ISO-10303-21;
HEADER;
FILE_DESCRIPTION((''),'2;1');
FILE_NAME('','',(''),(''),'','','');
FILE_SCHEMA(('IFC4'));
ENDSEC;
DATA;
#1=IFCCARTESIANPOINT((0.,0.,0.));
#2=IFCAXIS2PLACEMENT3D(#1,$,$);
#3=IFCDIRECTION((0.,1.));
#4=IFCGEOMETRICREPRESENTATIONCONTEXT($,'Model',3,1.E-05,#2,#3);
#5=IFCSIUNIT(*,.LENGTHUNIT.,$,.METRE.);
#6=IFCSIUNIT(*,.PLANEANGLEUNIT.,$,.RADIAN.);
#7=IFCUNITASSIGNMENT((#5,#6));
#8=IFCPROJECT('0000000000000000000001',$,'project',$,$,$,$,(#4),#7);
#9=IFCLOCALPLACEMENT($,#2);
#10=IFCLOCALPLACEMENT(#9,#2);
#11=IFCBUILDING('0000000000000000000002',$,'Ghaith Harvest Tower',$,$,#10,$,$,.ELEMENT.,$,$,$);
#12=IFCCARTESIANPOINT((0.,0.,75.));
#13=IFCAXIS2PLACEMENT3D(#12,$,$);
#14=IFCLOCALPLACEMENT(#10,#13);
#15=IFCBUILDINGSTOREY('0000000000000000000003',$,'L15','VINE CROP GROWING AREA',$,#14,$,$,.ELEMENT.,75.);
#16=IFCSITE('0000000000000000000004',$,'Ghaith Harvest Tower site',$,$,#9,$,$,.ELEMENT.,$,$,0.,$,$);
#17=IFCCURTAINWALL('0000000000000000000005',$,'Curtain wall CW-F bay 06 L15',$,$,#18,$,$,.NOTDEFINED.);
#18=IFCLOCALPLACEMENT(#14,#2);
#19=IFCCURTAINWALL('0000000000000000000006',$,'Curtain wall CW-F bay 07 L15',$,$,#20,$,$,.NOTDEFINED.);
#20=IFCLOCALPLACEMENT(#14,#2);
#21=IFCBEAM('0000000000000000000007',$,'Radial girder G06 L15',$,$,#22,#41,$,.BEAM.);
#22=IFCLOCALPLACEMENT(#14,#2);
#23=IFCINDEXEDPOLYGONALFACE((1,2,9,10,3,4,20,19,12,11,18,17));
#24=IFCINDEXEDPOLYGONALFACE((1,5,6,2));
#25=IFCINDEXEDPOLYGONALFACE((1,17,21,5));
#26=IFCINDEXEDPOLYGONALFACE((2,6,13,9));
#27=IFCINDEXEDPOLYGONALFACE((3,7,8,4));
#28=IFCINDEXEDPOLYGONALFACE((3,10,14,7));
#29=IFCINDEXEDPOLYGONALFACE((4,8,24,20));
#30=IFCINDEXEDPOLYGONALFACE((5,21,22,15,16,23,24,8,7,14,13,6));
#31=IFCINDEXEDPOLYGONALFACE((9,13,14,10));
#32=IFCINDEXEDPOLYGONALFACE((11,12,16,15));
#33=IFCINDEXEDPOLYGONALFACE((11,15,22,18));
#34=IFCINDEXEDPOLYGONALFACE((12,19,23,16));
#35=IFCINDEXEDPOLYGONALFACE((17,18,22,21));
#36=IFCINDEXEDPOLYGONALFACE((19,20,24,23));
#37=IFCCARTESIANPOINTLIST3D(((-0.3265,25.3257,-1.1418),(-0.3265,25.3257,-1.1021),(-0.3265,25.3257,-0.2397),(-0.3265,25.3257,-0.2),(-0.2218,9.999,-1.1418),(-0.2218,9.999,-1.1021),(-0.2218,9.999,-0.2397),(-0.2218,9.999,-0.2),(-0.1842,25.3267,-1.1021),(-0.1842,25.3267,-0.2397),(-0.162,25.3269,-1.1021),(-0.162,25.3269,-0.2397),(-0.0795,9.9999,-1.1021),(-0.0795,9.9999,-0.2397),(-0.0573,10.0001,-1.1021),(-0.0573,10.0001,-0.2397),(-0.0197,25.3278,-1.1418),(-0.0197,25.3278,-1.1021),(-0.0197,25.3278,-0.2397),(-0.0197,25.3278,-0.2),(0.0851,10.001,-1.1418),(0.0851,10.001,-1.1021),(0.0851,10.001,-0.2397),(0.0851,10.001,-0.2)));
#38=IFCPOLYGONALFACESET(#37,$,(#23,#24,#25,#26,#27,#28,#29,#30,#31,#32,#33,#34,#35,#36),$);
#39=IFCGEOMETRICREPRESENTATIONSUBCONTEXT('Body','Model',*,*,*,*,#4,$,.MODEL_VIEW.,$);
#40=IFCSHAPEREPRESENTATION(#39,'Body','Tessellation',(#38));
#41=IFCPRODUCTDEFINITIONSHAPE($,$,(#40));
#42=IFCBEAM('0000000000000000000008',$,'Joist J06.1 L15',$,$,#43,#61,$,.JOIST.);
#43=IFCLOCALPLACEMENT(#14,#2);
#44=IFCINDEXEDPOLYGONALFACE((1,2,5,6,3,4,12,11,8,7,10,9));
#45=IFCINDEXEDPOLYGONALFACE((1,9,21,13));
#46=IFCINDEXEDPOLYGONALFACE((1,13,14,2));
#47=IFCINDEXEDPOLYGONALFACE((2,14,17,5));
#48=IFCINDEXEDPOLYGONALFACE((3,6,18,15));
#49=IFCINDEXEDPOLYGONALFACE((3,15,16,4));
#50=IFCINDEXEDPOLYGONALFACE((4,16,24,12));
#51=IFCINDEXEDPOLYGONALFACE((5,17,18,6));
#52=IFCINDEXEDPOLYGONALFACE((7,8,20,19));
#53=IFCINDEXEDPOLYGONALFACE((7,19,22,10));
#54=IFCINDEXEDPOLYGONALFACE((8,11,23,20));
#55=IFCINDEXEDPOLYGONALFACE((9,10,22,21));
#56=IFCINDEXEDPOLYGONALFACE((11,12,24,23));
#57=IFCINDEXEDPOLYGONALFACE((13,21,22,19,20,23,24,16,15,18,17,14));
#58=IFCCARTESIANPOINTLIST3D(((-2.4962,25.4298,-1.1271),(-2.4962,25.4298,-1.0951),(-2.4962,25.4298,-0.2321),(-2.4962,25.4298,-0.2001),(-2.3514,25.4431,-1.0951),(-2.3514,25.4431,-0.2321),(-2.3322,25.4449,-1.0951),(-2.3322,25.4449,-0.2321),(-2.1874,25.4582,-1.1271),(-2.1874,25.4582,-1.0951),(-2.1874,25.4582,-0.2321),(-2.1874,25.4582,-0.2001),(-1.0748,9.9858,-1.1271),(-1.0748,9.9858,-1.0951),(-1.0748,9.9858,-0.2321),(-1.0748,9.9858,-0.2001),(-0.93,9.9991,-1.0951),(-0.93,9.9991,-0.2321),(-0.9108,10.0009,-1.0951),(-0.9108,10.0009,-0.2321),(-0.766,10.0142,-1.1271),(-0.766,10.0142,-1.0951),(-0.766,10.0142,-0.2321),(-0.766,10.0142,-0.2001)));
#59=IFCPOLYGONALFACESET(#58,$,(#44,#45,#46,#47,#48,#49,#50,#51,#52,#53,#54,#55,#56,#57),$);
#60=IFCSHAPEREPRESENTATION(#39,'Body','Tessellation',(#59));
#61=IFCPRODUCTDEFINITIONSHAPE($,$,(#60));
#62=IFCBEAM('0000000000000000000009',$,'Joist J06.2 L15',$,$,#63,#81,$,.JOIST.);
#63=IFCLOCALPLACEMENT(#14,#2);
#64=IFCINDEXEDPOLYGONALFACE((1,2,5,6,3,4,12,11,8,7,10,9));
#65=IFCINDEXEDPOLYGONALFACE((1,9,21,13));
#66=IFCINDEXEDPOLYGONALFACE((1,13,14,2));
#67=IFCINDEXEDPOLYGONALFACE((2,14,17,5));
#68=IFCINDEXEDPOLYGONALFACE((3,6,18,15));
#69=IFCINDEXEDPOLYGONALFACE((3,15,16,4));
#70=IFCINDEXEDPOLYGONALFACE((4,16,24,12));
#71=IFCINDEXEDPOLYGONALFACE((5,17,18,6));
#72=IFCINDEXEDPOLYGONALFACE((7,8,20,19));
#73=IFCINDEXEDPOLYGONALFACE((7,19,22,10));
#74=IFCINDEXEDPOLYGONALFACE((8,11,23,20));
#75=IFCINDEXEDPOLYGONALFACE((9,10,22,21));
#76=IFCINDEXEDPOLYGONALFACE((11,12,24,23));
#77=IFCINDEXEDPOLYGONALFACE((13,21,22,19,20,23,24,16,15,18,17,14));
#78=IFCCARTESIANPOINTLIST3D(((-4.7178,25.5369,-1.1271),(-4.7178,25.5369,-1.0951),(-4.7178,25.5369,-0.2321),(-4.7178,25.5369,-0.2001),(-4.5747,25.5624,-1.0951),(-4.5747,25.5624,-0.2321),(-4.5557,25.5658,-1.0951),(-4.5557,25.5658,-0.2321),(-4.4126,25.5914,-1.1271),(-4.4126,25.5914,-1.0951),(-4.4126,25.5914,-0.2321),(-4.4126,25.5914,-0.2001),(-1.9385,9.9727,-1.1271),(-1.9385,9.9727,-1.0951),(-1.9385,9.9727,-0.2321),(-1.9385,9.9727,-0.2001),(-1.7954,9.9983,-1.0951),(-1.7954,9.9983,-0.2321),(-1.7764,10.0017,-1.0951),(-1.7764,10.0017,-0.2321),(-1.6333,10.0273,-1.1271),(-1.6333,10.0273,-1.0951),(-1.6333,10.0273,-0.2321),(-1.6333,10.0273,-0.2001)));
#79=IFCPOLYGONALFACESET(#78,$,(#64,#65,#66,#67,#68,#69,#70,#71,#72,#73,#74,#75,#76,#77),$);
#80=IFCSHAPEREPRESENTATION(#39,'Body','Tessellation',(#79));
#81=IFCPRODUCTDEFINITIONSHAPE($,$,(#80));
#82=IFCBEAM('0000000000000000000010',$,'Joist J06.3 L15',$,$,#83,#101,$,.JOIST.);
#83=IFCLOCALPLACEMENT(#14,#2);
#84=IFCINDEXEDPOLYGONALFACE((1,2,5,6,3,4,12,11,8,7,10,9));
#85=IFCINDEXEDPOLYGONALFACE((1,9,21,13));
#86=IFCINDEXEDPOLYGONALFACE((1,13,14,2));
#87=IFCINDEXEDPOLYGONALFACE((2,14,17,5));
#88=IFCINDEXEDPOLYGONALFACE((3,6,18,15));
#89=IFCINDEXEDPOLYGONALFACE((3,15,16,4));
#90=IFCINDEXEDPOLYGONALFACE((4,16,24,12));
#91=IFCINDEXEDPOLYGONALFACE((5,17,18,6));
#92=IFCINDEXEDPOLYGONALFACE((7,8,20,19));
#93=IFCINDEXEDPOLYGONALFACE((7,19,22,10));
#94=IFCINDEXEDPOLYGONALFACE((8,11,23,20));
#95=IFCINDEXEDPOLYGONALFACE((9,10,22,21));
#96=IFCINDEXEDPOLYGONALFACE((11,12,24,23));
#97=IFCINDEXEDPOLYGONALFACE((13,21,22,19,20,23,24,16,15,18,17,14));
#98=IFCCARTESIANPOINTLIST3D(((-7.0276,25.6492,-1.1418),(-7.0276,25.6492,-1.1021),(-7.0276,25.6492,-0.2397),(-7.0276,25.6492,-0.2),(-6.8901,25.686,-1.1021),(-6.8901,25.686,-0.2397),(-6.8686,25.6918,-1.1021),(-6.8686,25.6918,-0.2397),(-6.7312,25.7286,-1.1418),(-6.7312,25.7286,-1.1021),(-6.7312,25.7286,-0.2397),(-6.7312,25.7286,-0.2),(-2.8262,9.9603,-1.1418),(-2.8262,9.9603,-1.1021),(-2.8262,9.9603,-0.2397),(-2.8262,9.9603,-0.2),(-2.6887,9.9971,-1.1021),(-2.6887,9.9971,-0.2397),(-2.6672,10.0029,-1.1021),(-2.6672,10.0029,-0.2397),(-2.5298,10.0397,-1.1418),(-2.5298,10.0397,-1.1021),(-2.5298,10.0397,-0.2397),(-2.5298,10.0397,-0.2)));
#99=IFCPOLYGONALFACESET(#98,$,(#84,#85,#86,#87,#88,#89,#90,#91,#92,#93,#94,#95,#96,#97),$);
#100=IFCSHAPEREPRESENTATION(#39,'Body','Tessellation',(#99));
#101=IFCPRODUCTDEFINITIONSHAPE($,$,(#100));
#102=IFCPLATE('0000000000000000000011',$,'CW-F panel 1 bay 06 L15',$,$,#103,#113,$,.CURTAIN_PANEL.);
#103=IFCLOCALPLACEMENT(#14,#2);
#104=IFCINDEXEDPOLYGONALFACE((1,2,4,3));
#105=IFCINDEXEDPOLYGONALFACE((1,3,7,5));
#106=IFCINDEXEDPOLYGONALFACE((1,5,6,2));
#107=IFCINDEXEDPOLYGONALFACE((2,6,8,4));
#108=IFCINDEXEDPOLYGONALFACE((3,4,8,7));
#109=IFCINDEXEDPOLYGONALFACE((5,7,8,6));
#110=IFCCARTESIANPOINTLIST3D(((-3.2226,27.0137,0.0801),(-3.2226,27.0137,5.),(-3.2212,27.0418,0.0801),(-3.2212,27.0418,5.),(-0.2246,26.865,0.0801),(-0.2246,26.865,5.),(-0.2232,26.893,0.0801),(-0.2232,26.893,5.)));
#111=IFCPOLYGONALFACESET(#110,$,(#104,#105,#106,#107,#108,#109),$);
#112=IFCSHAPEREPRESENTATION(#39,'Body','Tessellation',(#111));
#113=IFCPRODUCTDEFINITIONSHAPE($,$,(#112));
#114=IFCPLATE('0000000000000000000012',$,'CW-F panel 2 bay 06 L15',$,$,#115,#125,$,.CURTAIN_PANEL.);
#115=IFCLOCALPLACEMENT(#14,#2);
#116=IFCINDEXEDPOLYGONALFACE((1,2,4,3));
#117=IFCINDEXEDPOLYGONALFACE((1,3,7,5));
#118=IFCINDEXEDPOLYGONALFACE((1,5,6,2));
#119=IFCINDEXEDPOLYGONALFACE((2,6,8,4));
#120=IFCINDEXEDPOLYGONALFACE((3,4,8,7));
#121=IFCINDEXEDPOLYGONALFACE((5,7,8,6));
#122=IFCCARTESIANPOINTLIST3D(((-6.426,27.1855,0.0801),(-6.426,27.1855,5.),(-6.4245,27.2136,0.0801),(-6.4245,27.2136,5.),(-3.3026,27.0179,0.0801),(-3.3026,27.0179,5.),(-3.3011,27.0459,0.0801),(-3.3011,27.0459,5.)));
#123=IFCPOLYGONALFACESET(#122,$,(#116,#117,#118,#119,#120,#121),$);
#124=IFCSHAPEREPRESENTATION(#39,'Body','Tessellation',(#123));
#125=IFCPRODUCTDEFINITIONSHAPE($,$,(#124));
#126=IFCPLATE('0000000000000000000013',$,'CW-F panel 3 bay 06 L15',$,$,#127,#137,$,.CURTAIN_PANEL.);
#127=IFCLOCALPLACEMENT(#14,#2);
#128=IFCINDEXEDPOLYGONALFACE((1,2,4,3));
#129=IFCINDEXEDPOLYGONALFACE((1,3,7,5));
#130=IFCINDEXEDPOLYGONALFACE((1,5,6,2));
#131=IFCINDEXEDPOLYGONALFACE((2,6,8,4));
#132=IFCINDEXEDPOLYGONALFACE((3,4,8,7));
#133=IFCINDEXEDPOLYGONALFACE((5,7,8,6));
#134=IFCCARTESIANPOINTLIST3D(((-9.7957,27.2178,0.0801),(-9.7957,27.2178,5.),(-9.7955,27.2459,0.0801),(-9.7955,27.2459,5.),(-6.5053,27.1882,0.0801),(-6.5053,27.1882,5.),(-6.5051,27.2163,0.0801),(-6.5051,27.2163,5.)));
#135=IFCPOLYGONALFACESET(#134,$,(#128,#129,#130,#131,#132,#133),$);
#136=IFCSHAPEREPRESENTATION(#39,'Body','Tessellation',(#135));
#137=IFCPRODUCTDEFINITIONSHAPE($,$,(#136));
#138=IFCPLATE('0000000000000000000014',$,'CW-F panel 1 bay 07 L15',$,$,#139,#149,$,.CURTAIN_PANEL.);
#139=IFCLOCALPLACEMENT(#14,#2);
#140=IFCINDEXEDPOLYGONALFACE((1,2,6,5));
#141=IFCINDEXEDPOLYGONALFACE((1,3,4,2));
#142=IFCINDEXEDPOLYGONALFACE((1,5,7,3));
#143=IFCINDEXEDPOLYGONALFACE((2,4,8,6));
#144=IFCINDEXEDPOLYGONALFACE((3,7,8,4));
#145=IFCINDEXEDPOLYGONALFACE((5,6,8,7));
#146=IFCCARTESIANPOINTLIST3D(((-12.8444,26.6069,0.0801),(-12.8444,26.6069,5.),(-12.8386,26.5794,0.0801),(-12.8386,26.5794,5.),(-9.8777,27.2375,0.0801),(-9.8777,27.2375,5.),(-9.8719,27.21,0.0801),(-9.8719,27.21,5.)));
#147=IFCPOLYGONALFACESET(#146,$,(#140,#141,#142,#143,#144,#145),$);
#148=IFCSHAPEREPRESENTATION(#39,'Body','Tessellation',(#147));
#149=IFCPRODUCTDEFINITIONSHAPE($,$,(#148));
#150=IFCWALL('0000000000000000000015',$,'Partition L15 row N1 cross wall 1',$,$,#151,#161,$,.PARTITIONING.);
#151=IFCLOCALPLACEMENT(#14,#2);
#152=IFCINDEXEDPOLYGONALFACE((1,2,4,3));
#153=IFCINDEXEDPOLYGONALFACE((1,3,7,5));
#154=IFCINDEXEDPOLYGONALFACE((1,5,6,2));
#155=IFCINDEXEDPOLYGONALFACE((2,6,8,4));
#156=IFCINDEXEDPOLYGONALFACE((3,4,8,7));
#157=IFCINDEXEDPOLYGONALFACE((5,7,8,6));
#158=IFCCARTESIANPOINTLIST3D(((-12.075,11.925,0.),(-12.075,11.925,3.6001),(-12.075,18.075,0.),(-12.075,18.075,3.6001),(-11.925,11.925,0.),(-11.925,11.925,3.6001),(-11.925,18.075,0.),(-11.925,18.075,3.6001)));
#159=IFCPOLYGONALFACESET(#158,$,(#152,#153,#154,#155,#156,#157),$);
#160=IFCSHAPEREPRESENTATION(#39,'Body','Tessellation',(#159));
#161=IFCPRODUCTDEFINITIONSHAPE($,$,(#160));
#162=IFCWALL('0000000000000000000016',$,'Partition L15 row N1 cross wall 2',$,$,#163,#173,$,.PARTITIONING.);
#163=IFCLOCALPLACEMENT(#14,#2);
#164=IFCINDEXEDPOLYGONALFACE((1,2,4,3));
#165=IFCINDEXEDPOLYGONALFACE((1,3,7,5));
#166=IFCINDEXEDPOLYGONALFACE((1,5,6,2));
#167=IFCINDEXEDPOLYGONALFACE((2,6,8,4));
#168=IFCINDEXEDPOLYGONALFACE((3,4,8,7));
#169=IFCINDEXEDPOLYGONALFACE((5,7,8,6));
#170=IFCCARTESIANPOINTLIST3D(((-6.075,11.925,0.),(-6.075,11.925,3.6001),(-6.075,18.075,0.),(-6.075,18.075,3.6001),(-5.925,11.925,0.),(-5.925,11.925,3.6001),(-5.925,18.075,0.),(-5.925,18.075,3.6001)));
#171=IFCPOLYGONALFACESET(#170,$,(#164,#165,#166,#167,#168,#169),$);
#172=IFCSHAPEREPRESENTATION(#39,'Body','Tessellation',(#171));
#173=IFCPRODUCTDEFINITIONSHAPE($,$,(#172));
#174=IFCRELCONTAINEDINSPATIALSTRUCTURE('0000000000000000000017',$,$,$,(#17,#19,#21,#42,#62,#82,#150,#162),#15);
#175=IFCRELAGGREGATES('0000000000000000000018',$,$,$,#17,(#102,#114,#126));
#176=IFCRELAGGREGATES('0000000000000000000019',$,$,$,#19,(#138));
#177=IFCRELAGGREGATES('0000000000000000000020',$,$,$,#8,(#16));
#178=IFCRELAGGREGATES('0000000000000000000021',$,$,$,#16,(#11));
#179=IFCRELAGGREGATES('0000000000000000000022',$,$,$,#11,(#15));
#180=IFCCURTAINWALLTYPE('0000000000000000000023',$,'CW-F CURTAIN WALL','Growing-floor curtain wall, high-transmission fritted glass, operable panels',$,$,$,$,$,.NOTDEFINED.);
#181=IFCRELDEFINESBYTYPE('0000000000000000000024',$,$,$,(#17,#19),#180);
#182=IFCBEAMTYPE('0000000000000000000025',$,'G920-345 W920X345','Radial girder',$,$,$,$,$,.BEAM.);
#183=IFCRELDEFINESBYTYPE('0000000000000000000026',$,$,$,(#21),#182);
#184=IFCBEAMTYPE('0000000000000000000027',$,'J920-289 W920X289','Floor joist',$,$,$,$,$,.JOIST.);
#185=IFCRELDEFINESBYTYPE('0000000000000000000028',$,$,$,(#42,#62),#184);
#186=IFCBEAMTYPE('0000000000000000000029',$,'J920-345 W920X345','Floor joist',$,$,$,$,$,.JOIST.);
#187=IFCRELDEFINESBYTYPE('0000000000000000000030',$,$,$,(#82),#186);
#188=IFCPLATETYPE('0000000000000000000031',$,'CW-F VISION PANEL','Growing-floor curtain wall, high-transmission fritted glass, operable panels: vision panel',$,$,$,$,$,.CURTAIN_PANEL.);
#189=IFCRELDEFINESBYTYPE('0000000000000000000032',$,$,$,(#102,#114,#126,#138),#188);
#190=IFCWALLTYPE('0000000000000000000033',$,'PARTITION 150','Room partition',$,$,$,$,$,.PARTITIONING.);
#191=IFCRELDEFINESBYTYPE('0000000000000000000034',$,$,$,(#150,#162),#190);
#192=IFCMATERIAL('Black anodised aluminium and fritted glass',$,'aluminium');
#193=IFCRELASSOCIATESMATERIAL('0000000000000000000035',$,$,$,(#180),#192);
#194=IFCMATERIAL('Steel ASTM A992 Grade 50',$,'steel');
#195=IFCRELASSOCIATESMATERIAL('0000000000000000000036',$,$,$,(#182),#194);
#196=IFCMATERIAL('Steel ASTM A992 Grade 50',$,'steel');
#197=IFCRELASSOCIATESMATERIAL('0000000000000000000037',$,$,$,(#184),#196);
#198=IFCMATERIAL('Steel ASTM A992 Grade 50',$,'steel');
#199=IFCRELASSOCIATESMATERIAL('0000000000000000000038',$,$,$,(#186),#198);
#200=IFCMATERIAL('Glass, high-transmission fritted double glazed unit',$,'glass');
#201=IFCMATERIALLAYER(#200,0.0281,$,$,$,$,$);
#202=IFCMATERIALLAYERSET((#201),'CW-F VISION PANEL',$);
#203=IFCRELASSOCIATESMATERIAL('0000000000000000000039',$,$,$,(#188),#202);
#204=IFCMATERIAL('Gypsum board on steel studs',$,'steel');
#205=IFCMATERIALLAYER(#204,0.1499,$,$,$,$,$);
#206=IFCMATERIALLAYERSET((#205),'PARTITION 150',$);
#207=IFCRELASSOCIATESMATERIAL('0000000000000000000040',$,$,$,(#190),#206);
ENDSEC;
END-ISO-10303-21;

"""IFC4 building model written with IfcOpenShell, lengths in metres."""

from ifc_helpers import new_model, si_unit, direction, frame, frame_2d, origin, origin_2d, place, context, subcontext, project, spatial, rectangle, i_section, extrude, material, layer, layer_set, material_profile, profile_set, type_object, element, aggregate, save


model = new_model("IFC4")

# Units and contexts
model_context = context("Model", 3, precision=1e-05, world=origin(), true_north=direction((0.0, 1.0)))
body_context = subcontext(model_context, "Body", "Model", "MODEL_VIEW")
ifc_project = project(units=[si_unit("LENGTHUNIT", "METRE"), si_unit("PLANEANGLEUNIT", "RADIAN")], contexts=[model_context])

# Site, building, storey
site_placement = place(None, origin())
site = spatial("IfcSite", under=ifc_project, at=site_placement, Name="Ghaith Harvest Tower site", CompositionType="ELEMENT", RefElevation=0.0)
building_placement = place(site_placement, origin())
building = spatial("IfcBuilding", under=site, at=building_placement, Name="Ghaith Harvest Tower", CompositionType="ELEMENT")
storey_placement = place(building_placement, frame((0.0, 0.0, 75.0)))
storey = spatial("IfcBuildingStorey", under=building, at=storey_placement, Name="L15", Description="VINE CROP GROWING AREA", CompositionType="ELEMENT", Elevation=75.0)

# Curtain wall
ifc_material_1 = material(Name="Black anodised aluminium and fritted glass", Category="aluminium")
curtain_wall_type = type_object("IfcCurtainWallType", Name="CW-F CURTAIN WALL", Description="Growing-floor curtain wall, high-transmission fritted glass, operable panels", PredefinedType="NOTDEFINED", material=ifc_material_1)
curtain_wall_1_placement = place(storey_placement, origin())
curtain_wall_1 = element("IfcCurtainWall", 1, at=curtain_wall_1_placement, inside=storey, type_object=curtain_wall_type, Name="Curtain wall CW-F bay 06 L15", PredefinedType="NOTDEFINED")

# Curtain wall
curtain_wall_2_placement = place(storey_placement, origin())
curtain_wall_2 = element("IfcCurtainWall", 2, at=curtain_wall_2_placement, inside=storey, type_object=curtain_wall_type, Name="Curtain wall CW-F bay 07 L15", PredefinedType="NOTDEFINED")

# Beams
ifc_material_2 = material(Name="Steel ASTM A992 Grade 50", Category="steel")
ifc_material_profile_1 = material_profile(ifc_material_2, i_section(OverallWidth=0.3069, OverallDepth=0.9419, WebThickness=0.0222, FlangeThickness=0.0398, at=origin_2d()), Name="W920X345")
ifc_profile_set_1 = profile_set([ifc_material_profile_1], Name="Steel ASTM A992 Grade 50")
beam_type_1 = type_object("IfcBeamType", Name="G920-345 W920X345", Description="Radial girder", PredefinedType="BEAM", material=ifc_profile_set_1)
beam_1_placement = place(storey_placement, frame((-0.0684, 10.0, -0.6709), z_axis=(-0.006833, 0.999977, 0.0), x_axis=(-0.999977, -0.006833, 0.0)))
element("IfcBeam", 3, at=beam_1_placement, inside=storey, type_object=beam_type_1, Name="Radial girder G06 L15", PredefinedType="BEAM", context=body_context, shape_type="SweptSolid", body=[
    extrude(i_section(OverallWidth=0.3069, OverallDepth=0.9419, WebThickness=0.0222, FlangeThickness=0.0398, at=origin_2d()), origin(), (0.0, 0.0, 1.0), 15.3271),
])
ifc_material_3 = material(Name="Steel ASTM A992 Grade 50", Category="steel")
ifc_material_profile_2 = material_profile(ifc_material_3, i_section(OverallWidth=0.3101, OverallDepth=0.927, WebThickness=0.0193, FlangeThickness=0.032, at=origin_2d()), Name="W920X289")
ifc_profile_set_2 = profile_set([ifc_material_profile_2], Name="Steel ASTM A992 Grade 50")
beam_type_2 = type_object("IfcBeamType", Name="J920-289 W920X289", Description="Floor joist", PredefinedType="JOIST", material=ifc_profile_set_2)
beam_2_placement = place(storey_placement, frame((-0.9204, 10.0, -0.6636), z_axis=(-0.091647, 0.995792, 0.0), x_axis=(-0.995792, -0.091647, 0.0)))
element("IfcBeam", 4, at=beam_2_placement, inside=storey, type_object=beam_type_2, Name="Joist J06.1 L15", PredefinedType="JOIST", context=body_context, shape_type="SweptSolid", body=[
    extrude(i_section(OverallWidth=0.3101, OverallDepth=0.927, WebThickness=0.0193, FlangeThickness=0.032, at=origin_2d()), origin(), (0.0, 0.0, 1.0), 15.5093),
])
beam_3_placement = place(storey_placement, frame((-1.7859, 10.0, -0.6636), z_axis=(-0.175789, 0.984428, 0.0), x_axis=(-0.984428, -0.175789, 0.0)))
element("IfcBeam", 5, at=beam_3_placement, inside=storey, type_object=beam_type_2, Name="Joist J06.2 L15", PredefinedType="JOIST", context=body_context, shape_type="SweptSolid", body=[
    extrude(i_section(OverallWidth=0.3101, OverallDepth=0.927, WebThickness=0.0193, FlangeThickness=0.032, at=origin_2d()), origin(), (0.0, 0.0, 1.0), 15.8103),
])
ifc_material_4 = material(Name="Steel ASTM A992 Grade 50", Category="steel")
ifc_material_profile_3 = material_profile(ifc_material_4, i_section(OverallWidth=0.3069, OverallDepth=0.9419, WebThickness=0.0222, FlangeThickness=0.0398, at=origin_2d()), Name="W920X345")
ifc_profile_set_3 = profile_set([ifc_material_profile_3], Name="Steel ASTM A992 Grade 50")
beam_type_3 = type_object("IfcBeamType", Name="J920-345 W920X345", Description="Floor joist", PredefinedType="JOIST", material=ifc_profile_set_3)
beam_4_placement = place(storey_placement, frame((-2.678, 10.0, -0.6709), z_axis=(-0.258679, 0.965963, 0.0), x_axis=(-0.965963, -0.258679, 0.0)))
element("IfcBeam", 6, at=beam_4_placement, inside=storey, type_object=beam_type_3, Name="Joist J06.3 L15", PredefinedType="JOIST", context=body_context, shape_type="SweptSolid", body=[
    extrude(i_section(OverallWidth=0.3069, OverallDepth=0.9419, WebThickness=0.0222, FlangeThickness=0.0398, at=origin_2d()), origin(), (0.0, 0.0, 1.0), 16.2417),
])

# Plates
ifc_material_5 = material(Name="Glass, high-transmission fritted double glazed unit", Category="glass")
ifc_layer_1 = layer(ifc_material_5, 0.0281)
ifc_layer_set_1 = layer_set([ifc_layer_1], Name="CW-F VISION PANEL")
plate_type = type_object("IfcPlateType", Name="CW-F VISION PANEL", Description="Growing-floor curtain wall, high-transmission fritted glass, operable panels: vision panel", PredefinedType="CURTAIN_PANEL", material=ifc_layer_set_1)
plate_1_placement = place(storey_placement, frame((-1.7229, 26.9534, 0.0801), z_axis=(0.0, 0.0, 1.0), x_axis=(-0.998771, 0.049554, 0.0)))
plate_1 = element("IfcPlate", 7, at=plate_1_placement, type_object=plate_type, Name="CW-F panel 1 bay 06 L15", PredefinedType="CURTAIN_PANEL", context=body_context, shape_type="SweptSolid", body=[
    extrude(rectangle(XDim=3.0017, YDim=0.0281, at=origin_2d()), origin(), (0.0, 0.0, 1.0), 4.9199),
])
plate_2_placement = place(storey_placement, frame((-4.8635, 27.1157, 0.0801), z_axis=(0.0, 0.0, 1.0), x_axis=(-0.998563, 0.0536, 0.0)))
plate_2 = element("IfcPlate", 8, at=plate_2_placement, type_object=plate_type, Name="CW-F panel 2 bay 06 L15", PredefinedType="CURTAIN_PANEL", context=body_context, shape_type="SweptSolid", body=[
    extrude(rectangle(XDim=3.1279, YDim=0.0281, at=origin_2d()), origin(), (0.0, 0.0, 1.0), 4.9199),
])
plate_3_placement = place(storey_placement, frame((-8.1504, 27.217, 0.0801), z_axis=(0.0, 0.0, 1.0), x_axis=(-0.99996, 0.008988, 0.0)))
plate_3 = element("IfcPlate", 9, at=plate_3_placement, type_object=plate_type, Name="CW-F panel 3 bay 06 L15", PredefinedType="CURTAIN_PANEL", context=body_context, shape_type="SweptSolid", body=[
    extrude(rectangle(XDim=3.2905, YDim=0.0281, at=origin_2d()), origin(), (0.0, 0.0, 1.0), 4.9199),
])
aggregate(curtain_wall_1, [plate_1, plate_2, plate_3])
plate_4_placement = place(storey_placement, frame((-11.3582, 26.9084, 0.0801), z_axis=(0.0, 0.0, 1.0), x_axis=(-0.978149, -0.207904, 0.0)))
plate_4 = element("IfcPlate", 10, at=plate_4_placement, type_object=plate_type, Name="CW-F panel 1 bay 07 L15", PredefinedType="CURTAIN_PANEL", context=body_context, shape_type="SweptSolid", body=[
    extrude(rectangle(XDim=3.033, YDim=0.0281, at=origin_2d()), origin(), (0.0, 0.0, 1.0), 4.9199),
])
aggregate(curtain_wall_2, [plate_4])

# Walls
ifc_material_6 = material(Name="Gypsum board on steel studs", Category="steel")
ifc_layer_2 = layer(ifc_material_6, 0.1499)
ifc_layer_set_2 = layer_set([ifc_layer_2], Name="PARTITION 150")
wall_type = type_object("IfcWallType", Name="PARTITION 150", Description="Room partition", PredefinedType="PARTITIONING", material=ifc_layer_set_2)
for number, where, z_axis, x_axis, name in (
    (11, (-12.0, 11.925, 0.0), (0.0, 0.0, 1.0), (0.0, 1.0, 0.0), "Partition L15 row N1 cross wall 1"),
    (12, (-6.0, 11.925, 0.0), (0.0, 0.0, 1.0), (0.0, 1.0, 0.0), "Partition L15 row N1 cross wall 2"),
):
    element("IfcWall", number, at=place(storey_placement, frame(where, z_axis=z_axis, x_axis=x_axis)), inside=storey, type_object=wall_type, Name=name, PredefinedType="PARTITIONING", context=body_context, shape_type="SweptSolid", body=[
        extrude(rectangle(XDim=6.1499, YDim=0.1499, at=frame_2d((3.075, 0.0))), origin(), (0.0, 0.0, 1.0), 3.6001),
    ])

save(model, "model.ifc")
